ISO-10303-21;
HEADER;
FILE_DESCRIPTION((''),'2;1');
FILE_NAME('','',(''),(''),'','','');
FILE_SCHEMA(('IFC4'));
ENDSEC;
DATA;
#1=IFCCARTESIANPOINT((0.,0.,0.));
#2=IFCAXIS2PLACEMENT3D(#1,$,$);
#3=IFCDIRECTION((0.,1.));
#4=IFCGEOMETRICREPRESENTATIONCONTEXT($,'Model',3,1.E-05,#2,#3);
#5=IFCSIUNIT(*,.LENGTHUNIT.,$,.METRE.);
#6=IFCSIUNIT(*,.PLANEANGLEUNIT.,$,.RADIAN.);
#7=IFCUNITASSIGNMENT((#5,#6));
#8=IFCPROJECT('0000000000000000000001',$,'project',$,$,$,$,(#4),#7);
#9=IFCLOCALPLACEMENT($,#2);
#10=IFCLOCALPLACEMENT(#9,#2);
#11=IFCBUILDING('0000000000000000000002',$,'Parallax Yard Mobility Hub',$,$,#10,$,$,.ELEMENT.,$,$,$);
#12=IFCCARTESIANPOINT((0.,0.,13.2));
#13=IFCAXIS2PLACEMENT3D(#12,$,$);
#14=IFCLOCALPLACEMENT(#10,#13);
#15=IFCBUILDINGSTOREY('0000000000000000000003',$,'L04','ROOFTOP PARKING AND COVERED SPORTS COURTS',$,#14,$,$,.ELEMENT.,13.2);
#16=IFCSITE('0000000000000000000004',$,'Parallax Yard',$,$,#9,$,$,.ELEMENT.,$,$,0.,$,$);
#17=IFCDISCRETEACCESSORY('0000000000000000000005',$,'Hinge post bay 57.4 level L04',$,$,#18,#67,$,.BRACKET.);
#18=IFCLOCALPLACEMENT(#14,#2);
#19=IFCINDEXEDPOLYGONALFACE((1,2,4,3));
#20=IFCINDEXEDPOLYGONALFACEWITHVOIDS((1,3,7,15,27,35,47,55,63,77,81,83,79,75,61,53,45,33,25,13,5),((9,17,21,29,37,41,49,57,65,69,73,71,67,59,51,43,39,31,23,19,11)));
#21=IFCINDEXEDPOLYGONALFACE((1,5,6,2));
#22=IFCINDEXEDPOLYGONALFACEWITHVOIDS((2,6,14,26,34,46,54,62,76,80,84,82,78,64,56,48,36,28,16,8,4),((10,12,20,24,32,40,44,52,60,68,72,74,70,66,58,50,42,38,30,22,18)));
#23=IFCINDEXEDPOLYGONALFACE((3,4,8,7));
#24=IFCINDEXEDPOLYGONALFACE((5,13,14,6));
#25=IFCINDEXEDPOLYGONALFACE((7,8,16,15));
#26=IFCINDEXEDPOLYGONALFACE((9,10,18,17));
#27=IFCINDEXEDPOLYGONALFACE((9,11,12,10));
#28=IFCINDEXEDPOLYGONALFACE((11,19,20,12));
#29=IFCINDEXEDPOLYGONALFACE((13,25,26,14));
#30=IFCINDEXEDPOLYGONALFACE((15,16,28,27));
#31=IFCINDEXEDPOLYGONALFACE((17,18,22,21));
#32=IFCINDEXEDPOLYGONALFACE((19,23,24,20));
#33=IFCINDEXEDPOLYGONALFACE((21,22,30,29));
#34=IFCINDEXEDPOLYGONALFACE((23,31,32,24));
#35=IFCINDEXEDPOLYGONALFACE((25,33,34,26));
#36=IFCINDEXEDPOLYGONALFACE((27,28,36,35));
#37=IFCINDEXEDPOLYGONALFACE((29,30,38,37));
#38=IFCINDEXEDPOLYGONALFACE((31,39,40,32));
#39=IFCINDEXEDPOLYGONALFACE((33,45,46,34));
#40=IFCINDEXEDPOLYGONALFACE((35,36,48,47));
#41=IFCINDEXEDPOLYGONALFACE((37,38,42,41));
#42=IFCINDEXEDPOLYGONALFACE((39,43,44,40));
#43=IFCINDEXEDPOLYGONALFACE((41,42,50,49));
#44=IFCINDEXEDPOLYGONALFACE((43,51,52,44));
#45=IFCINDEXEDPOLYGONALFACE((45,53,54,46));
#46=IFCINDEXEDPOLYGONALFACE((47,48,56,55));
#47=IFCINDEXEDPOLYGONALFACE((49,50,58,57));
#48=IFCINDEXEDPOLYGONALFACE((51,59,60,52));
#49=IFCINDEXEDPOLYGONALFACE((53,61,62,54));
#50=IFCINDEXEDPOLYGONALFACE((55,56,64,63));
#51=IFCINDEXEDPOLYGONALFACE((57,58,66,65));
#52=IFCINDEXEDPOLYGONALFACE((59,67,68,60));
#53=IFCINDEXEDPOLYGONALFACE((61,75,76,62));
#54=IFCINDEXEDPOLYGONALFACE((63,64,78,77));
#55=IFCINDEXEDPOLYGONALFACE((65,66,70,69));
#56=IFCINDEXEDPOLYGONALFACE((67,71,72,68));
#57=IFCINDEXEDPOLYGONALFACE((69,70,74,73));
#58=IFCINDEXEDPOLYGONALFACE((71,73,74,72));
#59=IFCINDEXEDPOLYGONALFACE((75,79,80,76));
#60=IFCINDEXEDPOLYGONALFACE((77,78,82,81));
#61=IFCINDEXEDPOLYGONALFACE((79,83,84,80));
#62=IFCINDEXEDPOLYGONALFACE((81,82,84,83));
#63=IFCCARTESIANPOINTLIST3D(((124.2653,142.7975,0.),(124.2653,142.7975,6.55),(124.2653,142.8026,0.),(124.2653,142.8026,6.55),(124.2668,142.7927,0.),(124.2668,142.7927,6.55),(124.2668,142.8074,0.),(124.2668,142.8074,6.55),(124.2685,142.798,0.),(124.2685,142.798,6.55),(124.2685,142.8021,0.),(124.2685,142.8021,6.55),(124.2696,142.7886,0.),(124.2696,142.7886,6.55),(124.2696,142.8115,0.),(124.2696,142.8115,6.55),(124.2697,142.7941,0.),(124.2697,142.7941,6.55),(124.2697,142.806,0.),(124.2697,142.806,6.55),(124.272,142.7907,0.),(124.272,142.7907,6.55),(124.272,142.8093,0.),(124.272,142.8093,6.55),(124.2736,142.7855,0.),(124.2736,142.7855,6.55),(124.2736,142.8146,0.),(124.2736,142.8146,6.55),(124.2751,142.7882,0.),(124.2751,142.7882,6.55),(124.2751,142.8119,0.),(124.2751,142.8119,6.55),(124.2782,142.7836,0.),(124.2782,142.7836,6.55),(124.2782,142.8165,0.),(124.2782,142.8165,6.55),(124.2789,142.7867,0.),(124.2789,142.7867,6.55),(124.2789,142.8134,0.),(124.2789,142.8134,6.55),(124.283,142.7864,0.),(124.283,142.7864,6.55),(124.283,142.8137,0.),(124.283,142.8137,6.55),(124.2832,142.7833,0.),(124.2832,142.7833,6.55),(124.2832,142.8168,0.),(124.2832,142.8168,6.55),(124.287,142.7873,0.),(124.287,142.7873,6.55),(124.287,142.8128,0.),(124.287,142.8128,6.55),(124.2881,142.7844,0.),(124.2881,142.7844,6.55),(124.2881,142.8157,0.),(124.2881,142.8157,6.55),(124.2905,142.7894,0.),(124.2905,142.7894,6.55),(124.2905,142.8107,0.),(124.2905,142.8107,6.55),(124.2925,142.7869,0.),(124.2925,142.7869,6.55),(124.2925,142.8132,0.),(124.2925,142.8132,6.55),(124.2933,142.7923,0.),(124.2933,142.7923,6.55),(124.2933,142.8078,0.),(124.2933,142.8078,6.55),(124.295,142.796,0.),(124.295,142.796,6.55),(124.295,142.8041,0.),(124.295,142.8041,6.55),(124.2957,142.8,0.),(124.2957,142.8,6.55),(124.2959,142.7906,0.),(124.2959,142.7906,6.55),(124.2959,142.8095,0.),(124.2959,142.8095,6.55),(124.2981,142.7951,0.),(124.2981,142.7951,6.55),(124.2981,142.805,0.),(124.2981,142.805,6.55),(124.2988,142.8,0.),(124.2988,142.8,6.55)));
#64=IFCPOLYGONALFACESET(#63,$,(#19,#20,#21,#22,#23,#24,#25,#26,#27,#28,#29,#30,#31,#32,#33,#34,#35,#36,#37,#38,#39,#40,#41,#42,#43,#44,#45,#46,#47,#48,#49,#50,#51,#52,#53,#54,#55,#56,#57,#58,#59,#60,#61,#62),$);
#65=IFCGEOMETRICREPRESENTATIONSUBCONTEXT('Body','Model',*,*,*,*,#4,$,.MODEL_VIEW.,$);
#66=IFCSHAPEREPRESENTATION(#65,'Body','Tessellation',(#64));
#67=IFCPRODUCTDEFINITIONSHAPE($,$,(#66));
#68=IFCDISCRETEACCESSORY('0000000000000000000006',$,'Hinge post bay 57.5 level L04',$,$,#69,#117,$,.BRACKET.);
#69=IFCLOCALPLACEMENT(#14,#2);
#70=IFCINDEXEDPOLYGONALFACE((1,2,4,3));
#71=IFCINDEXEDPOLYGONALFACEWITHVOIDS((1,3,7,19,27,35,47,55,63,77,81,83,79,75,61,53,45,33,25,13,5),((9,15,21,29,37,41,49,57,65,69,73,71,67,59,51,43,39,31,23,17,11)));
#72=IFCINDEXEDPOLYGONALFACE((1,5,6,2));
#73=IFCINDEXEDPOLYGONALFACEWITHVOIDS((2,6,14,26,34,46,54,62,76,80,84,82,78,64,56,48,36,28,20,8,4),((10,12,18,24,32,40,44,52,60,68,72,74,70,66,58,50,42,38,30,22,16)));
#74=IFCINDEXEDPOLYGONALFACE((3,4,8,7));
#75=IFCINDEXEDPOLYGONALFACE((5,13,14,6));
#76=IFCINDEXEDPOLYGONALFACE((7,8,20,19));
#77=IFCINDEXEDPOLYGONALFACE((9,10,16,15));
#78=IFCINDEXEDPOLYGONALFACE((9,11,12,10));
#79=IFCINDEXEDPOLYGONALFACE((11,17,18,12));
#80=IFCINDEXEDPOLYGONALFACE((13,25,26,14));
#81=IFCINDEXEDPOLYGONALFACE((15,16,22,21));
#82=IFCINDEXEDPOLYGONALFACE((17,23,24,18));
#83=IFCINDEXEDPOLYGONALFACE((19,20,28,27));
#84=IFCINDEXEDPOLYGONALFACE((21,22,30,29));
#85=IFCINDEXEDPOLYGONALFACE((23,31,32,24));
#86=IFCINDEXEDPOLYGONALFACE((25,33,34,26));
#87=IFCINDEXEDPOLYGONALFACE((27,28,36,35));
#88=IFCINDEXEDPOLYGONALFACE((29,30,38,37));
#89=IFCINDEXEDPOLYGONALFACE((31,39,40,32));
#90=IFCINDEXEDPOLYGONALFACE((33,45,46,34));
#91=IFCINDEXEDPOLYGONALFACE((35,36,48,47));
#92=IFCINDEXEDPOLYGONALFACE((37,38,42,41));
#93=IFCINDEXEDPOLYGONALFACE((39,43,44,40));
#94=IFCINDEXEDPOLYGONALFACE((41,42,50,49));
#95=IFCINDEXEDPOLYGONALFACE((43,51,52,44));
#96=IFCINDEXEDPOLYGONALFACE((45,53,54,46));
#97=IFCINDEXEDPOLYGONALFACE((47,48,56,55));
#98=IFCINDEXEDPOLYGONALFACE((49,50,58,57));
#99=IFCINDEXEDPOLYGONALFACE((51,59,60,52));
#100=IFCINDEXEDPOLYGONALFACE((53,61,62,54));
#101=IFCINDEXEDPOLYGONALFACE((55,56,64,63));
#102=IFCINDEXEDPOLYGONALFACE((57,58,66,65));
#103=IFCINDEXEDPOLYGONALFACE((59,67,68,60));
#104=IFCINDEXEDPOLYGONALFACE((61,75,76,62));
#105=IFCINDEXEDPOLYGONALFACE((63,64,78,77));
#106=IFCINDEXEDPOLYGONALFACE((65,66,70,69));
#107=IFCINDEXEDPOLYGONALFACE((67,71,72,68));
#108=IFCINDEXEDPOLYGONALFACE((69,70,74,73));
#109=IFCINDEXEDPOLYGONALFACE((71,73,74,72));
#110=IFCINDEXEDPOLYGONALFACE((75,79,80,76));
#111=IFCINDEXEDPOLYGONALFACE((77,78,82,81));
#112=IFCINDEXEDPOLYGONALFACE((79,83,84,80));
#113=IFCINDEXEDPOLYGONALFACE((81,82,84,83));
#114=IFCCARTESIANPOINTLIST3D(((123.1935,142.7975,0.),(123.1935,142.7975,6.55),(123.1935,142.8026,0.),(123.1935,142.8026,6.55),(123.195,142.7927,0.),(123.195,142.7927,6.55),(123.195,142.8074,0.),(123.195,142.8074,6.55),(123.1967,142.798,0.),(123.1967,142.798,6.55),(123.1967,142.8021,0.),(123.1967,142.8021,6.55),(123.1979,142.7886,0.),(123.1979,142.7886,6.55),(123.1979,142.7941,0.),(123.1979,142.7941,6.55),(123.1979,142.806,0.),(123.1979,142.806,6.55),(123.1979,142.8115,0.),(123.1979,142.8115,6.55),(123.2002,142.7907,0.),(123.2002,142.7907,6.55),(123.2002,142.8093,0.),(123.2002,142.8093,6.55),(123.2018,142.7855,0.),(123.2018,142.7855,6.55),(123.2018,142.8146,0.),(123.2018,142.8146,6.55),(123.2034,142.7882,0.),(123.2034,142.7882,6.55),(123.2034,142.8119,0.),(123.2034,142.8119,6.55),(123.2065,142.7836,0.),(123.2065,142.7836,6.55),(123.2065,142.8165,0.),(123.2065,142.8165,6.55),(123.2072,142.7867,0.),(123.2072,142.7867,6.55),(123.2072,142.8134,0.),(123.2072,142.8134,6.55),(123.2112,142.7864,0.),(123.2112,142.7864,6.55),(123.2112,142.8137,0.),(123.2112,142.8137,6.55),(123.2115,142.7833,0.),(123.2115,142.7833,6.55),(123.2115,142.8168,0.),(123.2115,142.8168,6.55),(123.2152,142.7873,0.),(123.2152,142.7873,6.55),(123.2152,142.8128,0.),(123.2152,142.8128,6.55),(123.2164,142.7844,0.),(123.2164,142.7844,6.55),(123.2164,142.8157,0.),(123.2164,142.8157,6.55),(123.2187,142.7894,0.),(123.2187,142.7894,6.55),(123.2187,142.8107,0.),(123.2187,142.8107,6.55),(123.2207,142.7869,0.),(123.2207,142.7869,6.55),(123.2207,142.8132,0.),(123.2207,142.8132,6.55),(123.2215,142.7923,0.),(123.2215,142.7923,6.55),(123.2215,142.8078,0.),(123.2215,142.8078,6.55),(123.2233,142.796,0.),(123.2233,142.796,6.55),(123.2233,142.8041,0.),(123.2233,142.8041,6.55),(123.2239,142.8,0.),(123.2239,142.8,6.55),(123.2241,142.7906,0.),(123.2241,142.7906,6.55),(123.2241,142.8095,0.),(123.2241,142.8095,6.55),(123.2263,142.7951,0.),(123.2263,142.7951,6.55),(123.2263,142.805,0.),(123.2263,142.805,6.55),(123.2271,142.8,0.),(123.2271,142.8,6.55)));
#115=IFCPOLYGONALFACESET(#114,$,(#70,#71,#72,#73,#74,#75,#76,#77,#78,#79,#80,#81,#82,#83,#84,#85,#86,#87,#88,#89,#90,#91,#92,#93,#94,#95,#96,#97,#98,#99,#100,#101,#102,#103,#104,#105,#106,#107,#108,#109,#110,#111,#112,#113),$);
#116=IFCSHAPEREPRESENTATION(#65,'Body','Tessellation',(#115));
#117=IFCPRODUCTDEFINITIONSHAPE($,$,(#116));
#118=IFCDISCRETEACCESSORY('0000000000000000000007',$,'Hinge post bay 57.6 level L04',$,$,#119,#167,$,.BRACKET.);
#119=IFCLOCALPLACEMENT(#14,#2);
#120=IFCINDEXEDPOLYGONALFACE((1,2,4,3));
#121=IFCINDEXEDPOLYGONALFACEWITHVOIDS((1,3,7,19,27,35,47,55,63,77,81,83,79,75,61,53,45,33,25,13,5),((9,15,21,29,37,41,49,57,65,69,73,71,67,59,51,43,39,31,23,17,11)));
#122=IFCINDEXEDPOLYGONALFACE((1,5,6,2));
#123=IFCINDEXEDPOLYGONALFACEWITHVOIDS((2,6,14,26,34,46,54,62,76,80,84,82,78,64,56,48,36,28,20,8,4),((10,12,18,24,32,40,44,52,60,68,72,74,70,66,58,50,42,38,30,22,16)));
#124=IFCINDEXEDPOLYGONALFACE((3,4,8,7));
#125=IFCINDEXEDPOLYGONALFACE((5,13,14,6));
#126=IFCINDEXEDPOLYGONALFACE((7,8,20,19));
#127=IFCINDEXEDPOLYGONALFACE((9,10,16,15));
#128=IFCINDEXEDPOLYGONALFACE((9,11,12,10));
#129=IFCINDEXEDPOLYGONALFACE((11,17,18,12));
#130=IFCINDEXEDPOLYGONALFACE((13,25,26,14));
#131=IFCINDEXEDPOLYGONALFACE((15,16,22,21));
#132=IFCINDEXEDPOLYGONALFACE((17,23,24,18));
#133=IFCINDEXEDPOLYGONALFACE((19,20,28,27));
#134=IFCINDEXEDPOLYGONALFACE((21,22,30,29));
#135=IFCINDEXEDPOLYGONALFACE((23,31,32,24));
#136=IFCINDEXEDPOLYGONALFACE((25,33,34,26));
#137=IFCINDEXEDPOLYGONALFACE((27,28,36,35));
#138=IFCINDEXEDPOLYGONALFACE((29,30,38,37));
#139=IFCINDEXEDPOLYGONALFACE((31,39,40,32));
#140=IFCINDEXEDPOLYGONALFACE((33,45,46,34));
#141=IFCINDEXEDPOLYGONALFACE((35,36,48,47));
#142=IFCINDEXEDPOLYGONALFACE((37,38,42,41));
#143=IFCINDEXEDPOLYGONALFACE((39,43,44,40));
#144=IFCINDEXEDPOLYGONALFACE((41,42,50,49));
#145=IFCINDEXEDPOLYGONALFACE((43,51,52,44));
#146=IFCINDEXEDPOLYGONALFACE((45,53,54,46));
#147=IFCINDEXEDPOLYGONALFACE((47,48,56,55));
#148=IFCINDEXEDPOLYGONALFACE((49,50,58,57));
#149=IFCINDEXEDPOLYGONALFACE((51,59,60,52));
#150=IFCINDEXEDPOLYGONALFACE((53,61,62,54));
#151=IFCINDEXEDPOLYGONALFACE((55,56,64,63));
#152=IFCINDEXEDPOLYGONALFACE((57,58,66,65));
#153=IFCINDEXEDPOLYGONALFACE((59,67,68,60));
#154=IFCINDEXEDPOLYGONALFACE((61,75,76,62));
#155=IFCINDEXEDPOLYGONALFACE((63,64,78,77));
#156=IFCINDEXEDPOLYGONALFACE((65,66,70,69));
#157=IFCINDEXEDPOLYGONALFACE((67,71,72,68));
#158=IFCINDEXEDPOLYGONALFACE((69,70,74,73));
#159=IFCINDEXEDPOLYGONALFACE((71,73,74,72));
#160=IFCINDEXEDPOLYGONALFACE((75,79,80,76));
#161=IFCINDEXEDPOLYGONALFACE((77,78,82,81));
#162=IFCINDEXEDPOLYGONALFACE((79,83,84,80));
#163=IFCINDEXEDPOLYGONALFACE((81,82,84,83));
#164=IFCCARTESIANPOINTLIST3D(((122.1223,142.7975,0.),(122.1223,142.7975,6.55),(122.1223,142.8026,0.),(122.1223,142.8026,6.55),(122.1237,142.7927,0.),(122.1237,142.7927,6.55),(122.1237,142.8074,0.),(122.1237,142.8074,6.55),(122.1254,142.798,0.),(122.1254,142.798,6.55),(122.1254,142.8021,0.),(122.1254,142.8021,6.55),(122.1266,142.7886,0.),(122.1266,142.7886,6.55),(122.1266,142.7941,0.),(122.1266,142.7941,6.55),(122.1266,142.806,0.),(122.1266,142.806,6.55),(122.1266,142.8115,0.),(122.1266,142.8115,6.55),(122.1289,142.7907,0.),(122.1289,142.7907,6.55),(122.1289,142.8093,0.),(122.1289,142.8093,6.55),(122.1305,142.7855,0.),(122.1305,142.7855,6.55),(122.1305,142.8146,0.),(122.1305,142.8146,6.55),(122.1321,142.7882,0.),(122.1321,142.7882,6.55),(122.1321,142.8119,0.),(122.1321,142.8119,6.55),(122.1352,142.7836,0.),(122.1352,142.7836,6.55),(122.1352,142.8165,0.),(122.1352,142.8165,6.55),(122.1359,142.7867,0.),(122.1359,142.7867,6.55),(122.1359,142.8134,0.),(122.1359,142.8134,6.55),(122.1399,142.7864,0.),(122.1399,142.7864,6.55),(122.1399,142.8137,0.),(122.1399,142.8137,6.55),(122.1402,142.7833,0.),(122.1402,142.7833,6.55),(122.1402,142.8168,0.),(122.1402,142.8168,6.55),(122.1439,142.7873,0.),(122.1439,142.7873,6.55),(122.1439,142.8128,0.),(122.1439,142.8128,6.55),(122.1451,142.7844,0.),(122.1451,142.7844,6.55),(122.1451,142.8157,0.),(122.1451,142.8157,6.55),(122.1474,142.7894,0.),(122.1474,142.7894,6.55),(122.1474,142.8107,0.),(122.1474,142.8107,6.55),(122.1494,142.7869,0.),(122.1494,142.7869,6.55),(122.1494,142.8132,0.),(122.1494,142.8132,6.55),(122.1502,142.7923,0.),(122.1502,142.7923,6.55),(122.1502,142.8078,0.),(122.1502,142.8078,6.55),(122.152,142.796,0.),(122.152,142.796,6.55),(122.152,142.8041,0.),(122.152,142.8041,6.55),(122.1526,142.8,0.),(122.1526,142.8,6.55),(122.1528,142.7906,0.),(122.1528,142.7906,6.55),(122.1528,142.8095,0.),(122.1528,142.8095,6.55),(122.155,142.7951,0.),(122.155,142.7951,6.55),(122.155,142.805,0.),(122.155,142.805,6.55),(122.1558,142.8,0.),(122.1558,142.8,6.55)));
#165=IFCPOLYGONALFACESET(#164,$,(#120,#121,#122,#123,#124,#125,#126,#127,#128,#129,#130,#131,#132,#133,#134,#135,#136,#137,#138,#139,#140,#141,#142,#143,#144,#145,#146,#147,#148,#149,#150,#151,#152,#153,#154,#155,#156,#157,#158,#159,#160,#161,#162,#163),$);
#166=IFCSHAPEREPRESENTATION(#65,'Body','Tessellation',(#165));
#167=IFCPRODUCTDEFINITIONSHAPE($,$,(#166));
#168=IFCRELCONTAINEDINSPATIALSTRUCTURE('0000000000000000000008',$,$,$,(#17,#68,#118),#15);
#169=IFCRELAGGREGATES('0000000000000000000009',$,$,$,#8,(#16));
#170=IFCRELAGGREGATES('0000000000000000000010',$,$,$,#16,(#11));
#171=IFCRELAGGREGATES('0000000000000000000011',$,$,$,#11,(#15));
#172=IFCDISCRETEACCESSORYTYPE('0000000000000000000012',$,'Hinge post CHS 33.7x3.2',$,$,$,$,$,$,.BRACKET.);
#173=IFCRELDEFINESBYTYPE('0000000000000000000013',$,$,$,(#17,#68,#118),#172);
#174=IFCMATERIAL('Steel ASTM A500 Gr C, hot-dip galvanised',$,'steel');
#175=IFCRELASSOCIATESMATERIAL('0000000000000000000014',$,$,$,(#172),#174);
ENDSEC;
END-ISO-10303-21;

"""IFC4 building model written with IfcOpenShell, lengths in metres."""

from ifc_helpers import new_model, si_unit, direction, frame, origin, origin_2d, place, context, subcontext, project, spatial, hollow_circle, extrude, material, material_profile, profile_set, type_object, element, save


model = new_model("IFC4")

# Units and contexts
model_context = context("Model", 3, precision=1e-05, world=origin(), true_north=direction((0.0, 1.0)))
body_context = subcontext(model_context, "Body", "Model", "MODEL_VIEW")
ifc_project = project(units=[si_unit("LENGTHUNIT", "METRE"), si_unit("PLANEANGLEUNIT", "RADIAN")], contexts=[model_context])

# Site, building, storey
site_placement = place(None, origin())
site = spatial("IfcSite", under=ifc_project, at=site_placement, Name="Parallax Yard", CompositionType="ELEMENT", RefElevation=0.0)
building_placement = place(site_placement, origin())
building = spatial("IfcBuilding", under=site, at=building_placement, Name="Parallax Yard Mobility Hub", CompositionType="ELEMENT")
storey_placement = place(building_placement, frame((0.0, 0.0, 13.2)))
storey = spatial("IfcBuildingStorey", under=building, at=storey_placement, Name="L04", Description="ROOFTOP PARKING AND COVERED SPORTS COURTS", CompositionType="ELEMENT", Elevation=13.2)

# Discrete accessories
ifc_material_1 = material(Name="Steel ASTM A500 Gr C, hot-dip galvanised", Category="steel")
ifc_material_profile = material_profile(ifc_material_1, hollow_circle(Radius=0.0168, WallThickness=0.0032, at=origin_2d()), Name="CHS 33.7x3.2")
ifc_profile_set = profile_set([ifc_material_profile], Name="Steel ASTM A500 Gr C, hot-dip galvanised")
discrete_accessory_type_1 = type_object("IfcDiscreteAccessoryType", Name="Hinge post CHS 33.7x3.2", PredefinedType="BRACKET", material=ifc_profile_set)
for number, where, z_axis, x_axis, name in (
    (1, (124.282, 142.8, 0.0), (0.0, 0.0, 1.0), (1.0, 0.0, 0.0), "Hinge post bay 57.4 level L04"),
    (2, (123.2102, 142.8, 0.0), (0.0, 0.0, 1.0), (1.0, 0.0, 0.0), "Hinge post bay 57.5 level L04"),
    (3, (122.1389, 142.8, 0.0), (0.0, 0.0, 1.0), (1.0, 0.0, 0.0), "Hinge post bay 57.6 level L04"),
):
    element("IfcDiscreteAccessory", number, at=place(storey_placement, frame(where, z_axis=z_axis, x_axis=x_axis)), inside=storey, type_object=discrete_accessory_type_1, Name=name, PredefinedType="BRACKET", context=body_context, shape_type="SweptSolid", body=[
        extrude(hollow_circle(Radius=0.0168, WallThickness=0.0032, at=origin_2d()), origin(), (0.0, 0.0, 1.0), 6.55),
    ])

save(model, "model.ifc")
